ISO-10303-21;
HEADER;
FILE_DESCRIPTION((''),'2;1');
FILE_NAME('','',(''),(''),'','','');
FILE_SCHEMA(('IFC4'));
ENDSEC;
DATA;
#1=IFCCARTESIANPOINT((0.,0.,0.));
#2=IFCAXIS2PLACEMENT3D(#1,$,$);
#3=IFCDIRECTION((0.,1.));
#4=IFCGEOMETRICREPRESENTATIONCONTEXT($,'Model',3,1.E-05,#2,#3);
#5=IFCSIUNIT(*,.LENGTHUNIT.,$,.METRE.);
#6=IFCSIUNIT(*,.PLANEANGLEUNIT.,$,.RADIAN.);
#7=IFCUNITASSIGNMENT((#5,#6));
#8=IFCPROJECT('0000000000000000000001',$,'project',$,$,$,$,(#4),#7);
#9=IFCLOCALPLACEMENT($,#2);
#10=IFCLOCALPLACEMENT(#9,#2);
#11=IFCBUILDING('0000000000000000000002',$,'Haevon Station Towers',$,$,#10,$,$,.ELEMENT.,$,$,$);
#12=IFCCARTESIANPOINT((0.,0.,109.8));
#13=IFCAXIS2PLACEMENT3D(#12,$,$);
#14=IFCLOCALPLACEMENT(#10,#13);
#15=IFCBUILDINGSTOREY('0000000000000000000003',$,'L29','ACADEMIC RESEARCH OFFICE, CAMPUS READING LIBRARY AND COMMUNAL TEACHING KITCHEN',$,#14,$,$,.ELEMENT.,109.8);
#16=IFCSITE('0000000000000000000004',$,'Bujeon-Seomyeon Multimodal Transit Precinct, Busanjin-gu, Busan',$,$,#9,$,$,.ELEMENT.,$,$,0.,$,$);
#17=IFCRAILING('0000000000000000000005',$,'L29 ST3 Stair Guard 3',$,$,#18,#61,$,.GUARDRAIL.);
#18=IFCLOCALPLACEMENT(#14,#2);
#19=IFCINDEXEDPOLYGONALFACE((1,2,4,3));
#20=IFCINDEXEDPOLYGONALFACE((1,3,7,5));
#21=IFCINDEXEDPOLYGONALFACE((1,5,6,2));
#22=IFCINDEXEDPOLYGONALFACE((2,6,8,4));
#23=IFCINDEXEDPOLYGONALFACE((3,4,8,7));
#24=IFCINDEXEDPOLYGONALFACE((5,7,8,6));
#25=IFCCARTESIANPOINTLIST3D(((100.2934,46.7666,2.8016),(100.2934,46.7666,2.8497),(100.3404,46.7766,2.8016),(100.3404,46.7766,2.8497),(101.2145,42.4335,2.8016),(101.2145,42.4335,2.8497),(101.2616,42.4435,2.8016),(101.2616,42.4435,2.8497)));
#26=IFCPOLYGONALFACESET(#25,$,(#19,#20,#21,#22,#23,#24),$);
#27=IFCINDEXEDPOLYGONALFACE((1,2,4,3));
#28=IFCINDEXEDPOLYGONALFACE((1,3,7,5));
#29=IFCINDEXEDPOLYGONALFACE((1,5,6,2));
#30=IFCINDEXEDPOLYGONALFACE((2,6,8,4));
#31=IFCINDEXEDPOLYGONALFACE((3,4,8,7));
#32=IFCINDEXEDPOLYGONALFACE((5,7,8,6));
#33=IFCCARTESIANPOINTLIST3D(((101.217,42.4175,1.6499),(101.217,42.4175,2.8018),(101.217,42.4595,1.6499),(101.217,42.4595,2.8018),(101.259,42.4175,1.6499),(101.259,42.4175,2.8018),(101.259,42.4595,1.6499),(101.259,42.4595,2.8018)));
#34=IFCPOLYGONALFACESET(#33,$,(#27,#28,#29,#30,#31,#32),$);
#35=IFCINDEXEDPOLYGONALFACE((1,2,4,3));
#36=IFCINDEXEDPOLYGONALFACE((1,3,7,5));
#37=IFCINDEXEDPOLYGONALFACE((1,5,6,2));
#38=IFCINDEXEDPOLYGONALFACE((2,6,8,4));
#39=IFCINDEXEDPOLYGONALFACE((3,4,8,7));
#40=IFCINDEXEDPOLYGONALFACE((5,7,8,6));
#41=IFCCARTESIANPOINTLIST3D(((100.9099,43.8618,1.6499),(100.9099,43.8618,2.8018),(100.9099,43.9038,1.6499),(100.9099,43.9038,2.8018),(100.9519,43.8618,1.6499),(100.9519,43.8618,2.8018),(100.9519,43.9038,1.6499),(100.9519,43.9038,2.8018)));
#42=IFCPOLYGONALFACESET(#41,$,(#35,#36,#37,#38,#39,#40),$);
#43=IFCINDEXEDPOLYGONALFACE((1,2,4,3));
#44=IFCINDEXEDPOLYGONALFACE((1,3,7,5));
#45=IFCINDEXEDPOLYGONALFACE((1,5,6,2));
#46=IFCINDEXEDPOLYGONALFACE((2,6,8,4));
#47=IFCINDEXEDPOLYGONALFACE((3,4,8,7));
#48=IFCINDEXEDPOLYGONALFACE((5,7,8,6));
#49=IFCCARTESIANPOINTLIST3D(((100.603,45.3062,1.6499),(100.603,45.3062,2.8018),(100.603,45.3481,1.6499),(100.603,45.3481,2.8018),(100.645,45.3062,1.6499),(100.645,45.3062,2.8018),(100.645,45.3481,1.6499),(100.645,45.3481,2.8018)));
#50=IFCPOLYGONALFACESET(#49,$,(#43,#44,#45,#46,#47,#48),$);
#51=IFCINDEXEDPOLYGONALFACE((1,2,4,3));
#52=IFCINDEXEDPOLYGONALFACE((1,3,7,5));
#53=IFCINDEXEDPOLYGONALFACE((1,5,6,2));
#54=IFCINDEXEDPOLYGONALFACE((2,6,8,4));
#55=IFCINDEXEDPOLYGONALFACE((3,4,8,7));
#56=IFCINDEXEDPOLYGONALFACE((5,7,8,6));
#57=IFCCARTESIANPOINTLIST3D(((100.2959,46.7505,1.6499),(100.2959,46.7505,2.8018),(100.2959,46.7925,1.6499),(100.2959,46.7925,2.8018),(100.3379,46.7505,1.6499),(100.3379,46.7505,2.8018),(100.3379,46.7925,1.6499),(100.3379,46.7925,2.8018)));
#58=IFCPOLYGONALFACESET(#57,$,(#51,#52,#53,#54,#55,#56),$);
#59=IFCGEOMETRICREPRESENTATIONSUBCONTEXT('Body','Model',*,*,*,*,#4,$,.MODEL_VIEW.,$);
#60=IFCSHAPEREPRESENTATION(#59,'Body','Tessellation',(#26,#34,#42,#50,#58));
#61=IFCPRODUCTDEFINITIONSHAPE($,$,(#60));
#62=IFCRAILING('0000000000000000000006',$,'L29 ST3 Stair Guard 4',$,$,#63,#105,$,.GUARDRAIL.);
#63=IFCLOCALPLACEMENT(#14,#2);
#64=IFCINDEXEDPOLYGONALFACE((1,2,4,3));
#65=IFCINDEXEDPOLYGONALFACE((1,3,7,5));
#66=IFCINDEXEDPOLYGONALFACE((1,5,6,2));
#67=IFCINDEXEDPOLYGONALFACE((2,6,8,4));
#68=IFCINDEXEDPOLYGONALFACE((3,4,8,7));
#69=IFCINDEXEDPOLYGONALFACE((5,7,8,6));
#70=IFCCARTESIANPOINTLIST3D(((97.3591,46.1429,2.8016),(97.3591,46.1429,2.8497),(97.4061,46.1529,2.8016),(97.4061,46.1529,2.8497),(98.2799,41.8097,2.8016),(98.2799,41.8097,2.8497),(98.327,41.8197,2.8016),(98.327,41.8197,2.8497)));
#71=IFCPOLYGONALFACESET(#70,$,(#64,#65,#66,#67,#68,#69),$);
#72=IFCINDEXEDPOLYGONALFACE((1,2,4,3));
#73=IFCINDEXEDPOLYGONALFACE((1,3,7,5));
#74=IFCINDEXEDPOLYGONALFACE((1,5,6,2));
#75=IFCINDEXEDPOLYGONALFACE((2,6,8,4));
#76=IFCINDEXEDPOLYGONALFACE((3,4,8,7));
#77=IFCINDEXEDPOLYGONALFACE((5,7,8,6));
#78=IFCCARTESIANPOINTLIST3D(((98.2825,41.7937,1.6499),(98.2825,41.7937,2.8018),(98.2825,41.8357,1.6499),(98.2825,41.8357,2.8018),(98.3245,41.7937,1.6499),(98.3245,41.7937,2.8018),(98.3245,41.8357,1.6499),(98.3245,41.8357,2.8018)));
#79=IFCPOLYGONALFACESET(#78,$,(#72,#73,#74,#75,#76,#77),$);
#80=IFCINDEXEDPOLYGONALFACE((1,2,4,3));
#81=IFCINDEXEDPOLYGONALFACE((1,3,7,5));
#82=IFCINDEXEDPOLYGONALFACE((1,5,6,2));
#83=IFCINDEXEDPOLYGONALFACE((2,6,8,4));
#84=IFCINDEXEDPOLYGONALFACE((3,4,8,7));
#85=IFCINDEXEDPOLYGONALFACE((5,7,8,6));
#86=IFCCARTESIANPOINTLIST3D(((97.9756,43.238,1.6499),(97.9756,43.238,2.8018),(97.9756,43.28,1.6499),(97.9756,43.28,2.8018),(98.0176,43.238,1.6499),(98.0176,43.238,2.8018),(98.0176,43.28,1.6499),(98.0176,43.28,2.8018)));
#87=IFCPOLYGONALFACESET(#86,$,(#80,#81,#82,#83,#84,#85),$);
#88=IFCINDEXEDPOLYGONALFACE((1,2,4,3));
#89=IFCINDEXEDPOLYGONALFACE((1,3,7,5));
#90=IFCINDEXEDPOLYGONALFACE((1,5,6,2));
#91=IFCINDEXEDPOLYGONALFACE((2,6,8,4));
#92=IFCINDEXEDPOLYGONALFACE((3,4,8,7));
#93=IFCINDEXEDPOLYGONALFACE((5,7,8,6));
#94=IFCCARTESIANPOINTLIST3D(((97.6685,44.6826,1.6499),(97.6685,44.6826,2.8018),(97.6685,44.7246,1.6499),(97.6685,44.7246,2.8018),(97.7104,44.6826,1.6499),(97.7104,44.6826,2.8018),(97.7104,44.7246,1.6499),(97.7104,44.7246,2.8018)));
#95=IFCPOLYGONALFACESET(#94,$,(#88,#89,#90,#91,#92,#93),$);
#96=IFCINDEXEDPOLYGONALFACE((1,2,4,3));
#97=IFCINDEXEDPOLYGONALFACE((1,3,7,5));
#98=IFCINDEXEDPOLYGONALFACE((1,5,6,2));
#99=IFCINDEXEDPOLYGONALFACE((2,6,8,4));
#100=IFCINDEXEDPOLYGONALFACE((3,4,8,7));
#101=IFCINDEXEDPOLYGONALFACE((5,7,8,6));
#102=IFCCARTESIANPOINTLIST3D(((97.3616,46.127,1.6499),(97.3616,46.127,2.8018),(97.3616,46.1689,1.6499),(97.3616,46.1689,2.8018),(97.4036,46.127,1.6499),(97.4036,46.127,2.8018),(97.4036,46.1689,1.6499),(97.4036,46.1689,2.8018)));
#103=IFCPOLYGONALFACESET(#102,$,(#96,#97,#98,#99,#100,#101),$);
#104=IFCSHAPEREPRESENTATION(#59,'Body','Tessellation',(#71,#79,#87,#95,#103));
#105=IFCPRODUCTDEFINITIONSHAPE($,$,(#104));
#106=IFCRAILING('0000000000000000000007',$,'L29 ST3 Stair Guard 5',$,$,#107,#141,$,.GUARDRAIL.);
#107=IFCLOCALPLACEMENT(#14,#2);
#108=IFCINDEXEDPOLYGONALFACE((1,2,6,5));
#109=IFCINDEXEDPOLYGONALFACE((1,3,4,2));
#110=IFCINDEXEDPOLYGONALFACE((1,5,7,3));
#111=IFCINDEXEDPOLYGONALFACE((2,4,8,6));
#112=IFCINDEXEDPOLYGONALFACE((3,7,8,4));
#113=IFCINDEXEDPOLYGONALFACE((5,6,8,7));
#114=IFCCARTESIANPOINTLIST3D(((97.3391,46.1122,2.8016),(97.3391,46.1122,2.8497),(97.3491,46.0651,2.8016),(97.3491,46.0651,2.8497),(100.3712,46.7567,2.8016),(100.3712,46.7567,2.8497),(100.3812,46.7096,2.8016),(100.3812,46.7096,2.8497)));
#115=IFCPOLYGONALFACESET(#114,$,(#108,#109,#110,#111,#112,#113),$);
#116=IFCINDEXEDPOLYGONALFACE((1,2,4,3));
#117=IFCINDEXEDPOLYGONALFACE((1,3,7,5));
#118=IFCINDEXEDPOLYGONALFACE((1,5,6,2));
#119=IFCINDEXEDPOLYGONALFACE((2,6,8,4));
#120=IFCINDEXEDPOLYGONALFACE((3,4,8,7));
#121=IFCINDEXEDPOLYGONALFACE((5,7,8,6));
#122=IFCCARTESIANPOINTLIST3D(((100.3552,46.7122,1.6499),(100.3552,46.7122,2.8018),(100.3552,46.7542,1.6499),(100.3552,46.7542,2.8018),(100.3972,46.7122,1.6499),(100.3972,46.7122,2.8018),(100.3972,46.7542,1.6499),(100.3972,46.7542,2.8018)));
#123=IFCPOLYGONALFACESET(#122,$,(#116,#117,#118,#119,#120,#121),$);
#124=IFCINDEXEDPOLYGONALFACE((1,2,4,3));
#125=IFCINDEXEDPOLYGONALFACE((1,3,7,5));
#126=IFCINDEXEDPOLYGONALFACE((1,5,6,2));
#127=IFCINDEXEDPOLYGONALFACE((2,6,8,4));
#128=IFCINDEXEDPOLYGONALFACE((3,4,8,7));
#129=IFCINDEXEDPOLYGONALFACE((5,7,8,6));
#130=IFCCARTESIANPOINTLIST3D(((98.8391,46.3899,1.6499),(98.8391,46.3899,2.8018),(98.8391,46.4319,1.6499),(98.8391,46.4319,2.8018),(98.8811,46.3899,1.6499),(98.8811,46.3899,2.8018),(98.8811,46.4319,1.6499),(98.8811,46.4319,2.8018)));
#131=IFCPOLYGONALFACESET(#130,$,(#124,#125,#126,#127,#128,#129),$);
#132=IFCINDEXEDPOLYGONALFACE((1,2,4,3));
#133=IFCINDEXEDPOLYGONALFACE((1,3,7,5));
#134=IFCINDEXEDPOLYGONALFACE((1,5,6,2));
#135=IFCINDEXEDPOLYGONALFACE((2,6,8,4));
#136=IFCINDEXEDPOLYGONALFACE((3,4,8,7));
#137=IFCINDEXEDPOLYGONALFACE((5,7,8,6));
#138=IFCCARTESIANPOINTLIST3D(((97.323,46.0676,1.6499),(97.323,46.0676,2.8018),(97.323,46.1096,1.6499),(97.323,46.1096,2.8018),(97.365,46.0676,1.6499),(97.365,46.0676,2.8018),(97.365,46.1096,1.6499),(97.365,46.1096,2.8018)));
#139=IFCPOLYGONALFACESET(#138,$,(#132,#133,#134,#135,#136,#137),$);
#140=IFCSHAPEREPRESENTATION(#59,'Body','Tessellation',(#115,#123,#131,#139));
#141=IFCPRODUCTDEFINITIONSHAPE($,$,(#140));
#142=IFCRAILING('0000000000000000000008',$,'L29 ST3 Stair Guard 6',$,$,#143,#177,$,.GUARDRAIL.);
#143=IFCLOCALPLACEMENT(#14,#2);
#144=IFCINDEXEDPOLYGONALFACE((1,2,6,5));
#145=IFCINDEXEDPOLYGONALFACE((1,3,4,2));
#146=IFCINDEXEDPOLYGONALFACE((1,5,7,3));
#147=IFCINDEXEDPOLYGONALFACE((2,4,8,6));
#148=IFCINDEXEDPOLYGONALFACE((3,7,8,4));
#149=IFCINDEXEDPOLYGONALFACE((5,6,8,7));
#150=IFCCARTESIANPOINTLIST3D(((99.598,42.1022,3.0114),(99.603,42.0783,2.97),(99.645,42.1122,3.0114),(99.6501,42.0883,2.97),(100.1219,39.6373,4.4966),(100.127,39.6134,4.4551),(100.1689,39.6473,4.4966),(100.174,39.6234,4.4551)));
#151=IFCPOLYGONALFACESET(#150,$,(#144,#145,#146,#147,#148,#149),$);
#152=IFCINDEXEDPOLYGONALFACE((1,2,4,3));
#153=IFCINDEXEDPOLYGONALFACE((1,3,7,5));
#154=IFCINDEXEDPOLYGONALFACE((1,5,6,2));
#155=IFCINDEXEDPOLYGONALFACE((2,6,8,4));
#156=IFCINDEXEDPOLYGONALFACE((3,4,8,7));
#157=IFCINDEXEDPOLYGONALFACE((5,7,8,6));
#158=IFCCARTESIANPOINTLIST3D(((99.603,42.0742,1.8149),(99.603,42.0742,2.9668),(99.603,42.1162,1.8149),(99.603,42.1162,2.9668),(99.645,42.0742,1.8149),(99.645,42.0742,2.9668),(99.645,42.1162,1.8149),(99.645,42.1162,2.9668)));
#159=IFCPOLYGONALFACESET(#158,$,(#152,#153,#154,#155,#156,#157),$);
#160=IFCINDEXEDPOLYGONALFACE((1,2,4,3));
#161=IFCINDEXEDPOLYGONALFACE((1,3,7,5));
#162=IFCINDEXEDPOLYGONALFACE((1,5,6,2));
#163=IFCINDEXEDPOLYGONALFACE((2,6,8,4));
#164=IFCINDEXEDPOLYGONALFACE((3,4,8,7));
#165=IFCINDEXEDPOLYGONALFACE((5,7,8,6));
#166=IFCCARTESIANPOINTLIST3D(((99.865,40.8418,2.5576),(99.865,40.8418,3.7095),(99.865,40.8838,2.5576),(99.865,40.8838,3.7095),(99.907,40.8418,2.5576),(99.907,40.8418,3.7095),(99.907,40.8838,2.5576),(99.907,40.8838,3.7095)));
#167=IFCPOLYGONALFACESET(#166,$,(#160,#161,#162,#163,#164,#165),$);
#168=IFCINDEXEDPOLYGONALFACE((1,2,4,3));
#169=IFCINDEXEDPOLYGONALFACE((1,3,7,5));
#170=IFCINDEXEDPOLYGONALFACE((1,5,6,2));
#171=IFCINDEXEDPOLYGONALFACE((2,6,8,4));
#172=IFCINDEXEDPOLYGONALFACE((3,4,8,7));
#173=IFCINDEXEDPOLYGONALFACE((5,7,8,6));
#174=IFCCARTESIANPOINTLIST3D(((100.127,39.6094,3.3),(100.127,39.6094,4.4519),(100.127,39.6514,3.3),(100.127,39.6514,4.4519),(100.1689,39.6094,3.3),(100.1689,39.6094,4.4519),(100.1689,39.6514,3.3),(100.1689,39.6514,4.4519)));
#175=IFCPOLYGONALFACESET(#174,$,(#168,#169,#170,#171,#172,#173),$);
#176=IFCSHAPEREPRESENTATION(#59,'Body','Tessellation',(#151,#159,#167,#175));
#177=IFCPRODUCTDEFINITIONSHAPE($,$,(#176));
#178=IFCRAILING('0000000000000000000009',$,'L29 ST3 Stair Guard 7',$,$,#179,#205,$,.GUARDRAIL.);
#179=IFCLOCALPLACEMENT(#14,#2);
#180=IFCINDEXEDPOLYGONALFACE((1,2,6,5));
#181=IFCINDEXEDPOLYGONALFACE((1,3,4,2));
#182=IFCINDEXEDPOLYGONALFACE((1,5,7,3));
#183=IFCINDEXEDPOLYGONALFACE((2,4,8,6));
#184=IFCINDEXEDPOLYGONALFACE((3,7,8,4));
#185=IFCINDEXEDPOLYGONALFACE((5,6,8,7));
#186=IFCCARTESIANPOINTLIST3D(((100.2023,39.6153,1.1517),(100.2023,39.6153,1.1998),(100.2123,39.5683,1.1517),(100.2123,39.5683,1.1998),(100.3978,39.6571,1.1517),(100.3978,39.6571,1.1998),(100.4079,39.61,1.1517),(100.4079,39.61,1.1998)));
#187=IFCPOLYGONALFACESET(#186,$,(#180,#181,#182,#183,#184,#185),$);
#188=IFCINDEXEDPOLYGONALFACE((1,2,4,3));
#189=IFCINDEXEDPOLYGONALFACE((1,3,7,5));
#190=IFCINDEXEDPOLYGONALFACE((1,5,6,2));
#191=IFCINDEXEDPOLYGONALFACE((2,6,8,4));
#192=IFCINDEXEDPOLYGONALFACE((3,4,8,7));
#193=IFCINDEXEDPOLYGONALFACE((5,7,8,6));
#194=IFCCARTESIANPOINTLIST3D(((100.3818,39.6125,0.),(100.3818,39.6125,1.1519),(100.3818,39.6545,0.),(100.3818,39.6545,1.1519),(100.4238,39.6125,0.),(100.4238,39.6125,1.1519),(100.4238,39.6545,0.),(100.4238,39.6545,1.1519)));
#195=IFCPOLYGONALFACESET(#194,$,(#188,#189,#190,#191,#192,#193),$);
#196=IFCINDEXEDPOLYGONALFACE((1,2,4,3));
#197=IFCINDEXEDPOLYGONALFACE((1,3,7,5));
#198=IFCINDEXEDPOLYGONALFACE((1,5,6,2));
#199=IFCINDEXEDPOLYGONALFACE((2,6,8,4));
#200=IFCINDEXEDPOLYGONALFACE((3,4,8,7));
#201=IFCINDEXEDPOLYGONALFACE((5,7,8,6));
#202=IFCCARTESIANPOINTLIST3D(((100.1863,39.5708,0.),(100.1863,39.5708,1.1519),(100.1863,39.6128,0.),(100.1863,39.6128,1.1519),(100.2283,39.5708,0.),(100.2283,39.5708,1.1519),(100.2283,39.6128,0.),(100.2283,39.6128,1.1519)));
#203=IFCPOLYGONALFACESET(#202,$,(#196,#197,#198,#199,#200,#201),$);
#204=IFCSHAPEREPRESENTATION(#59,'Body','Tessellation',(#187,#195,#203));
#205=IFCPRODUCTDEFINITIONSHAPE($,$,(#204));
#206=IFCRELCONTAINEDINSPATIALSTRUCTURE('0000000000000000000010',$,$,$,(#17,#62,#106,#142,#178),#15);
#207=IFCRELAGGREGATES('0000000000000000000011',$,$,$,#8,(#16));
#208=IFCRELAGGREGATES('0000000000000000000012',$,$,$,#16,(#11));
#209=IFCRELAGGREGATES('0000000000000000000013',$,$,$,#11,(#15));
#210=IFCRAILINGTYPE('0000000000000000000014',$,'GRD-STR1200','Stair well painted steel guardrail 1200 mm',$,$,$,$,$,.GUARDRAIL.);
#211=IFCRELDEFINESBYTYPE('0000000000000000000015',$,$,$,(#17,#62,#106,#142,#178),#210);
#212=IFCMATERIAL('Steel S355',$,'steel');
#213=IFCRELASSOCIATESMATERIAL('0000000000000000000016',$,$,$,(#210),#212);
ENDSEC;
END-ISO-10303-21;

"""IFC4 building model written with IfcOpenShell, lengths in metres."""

from ifc_helpers import new_model, si_unit, direction, frame, origin, origin_2d, place, context, subcontext, project, spatial, rectangle, extrude, material, type_object, element, save


model = new_model("IFC4")

# Units and contexts
model_context = context("Model", 3, precision=1e-05, world=origin(), true_north=direction((0.0, 1.0)))
body_context = subcontext(model_context, "Body", "Model", "MODEL_VIEW")
ifc_project = project(units=[si_unit("LENGTHUNIT", "METRE"), si_unit("PLANEANGLEUNIT", "RADIAN")], contexts=[model_context])

# Site, building, storey
site_placement = place(None, origin())
site = spatial("IfcSite", under=ifc_project, at=site_placement, Name="Bujeon-Seomyeon Multimodal Transit Precinct, Busanjin-gu, Busan", CompositionType="ELEMENT", RefElevation=0.0)
building_placement = place(site_placement, origin())
building = spatial("IfcBuilding", under=site, at=building_placement, Name="Haevon Station Towers", CompositionType="ELEMENT")
storey_placement = place(building_placement, frame((0.0, 0.0, 109.8)))
storey = spatial("IfcBuildingStorey", under=building, at=storey_placement, Name="L29", Description="ACADEMIC RESEARCH OFFICE, CAMPUS READING LIBRARY AND COMMUNAL TEACHING KITCHEN", CompositionType="ELEMENT", Elevation=109.8)

# Shared definitions
ifc_material_1 = material(Name="Steel S355", Category="steel")

# Railings
railing_type_1 = type_object("IfcRailingType", Name="GRD-STR1200", Description="Stair well painted steel guardrail 1200 mm", PredefinedType="GUARDRAIL", material=ifc_material_1)
railing_1_placement = place(storey_placement, frame((101.238, 42.4385, 1.6499)))
element("IfcRailing", 1, at=railing_1_placement, inside=storey, type_object=railing_type_1, Name="L29 ST3 Stair Guard 3", PredefinedType="GUARDRAIL", context=body_context, shape_type="SweptSolid", body=[
    extrude(rectangle(XDim=0.0481, YDim=0.0481, at=origin_2d()), frame((0.0, 0.0, 1.1758), z_axis=(-0.20794, 0.978141, 0.0), x_axis=(-0.978141, -0.20794, 0.0)), (0.0, 0.0, 1.0), 4.4299),
    extrude(rectangle(XDim=0.042, YDim=0.042, at=origin_2d()), origin(), (0.0, 0.0, 1.0), 1.1519),
    extrude(rectangle(XDim=0.042, YDim=0.042, at=origin_2d()), frame((-0.3071, 1.4443, 0.0)), (0.0, 0.0, 1.0), 1.1519),
    extrude(rectangle(XDim=0.042, YDim=0.042, at=origin_2d()), frame((-0.614, 2.8887, 0.0)), (0.0, 0.0, 1.0), 1.1519),
    extrude(rectangle(XDim=0.042, YDim=0.042, at=origin_2d()), frame((-0.9211, 4.333, 0.0)), (0.0, 0.0, 1.0), 1.1519),
])
railing_2_placement = place(storey_placement, frame((98.3035, 41.8147, 1.6499)))
element("IfcRailing", 2, at=railing_2_placement, inside=storey, type_object=railing_type_1, Name="L29 ST3 Stair Guard 4", PredefinedType="GUARDRAIL", context=body_context, shape_type="SweptSolid", body=[
    extrude(rectangle(XDim=0.0481, YDim=0.0481, at=origin_2d()), frame((0.0, 0.0, 1.1758), z_axis=(-0.207877, 0.978155, 0.0), x_axis=(-0.978155, -0.207877, 0.0)), (0.0, 0.0, 1.0), 4.4299),
    extrude(rectangle(XDim=0.042, YDim=0.042, at=origin_2d()), origin(), (0.0, 0.0, 1.0), 1.1519),
    extrude(rectangle(XDim=0.042, YDim=0.042, at=origin_2d()), frame((-0.3069, 1.4443, 0.0)), (0.0, 0.0, 1.0), 1.1519),
    extrude(rectangle(XDim=0.042, YDim=0.042, at=origin_2d()), frame((-0.614, 2.8889, 0.0)), (0.0, 0.0, 1.0), 1.1519),
    extrude(rectangle(XDim=0.042, YDim=0.042, at=origin_2d()), frame((-0.9209, 4.3333, 0.0)), (0.0, 0.0, 1.0), 1.1519),
])
railing_3_placement = place(storey_placement, frame((100.3762, 46.7332, 1.6499)))
element("IfcRailing", 3, at=railing_3_placement, inside=storey, type_object=railing_type_1, Name="L29 ST3 Stair Guard 5", PredefinedType="GUARDRAIL", context=body_context, shape_type="SweptSolid", body=[
    extrude(rectangle(XDim=0.0481, YDim=0.0481, at=origin_2d()), frame((0.0, 0.0, 1.1758), z_axis=(-0.978147, -0.207915, 0.0), x_axis=(0.207915, -0.978147, 0.0)), (0.0, 0.0, 1.0), 3.0999),
    extrude(rectangle(XDim=0.042, YDim=0.042, at=origin_2d()), origin(), (0.0, 0.0, 1.0), 1.1519),
    extrude(rectangle(XDim=0.042, YDim=0.042, at=origin_2d()), frame((-1.5161, -0.3223, 0.0)), (0.0, 0.0, 1.0), 1.1519),
    extrude(rectangle(XDim=0.042, YDim=0.042, at=origin_2d()), frame((-3.0322, -0.6445, 0.0)), (0.0, 0.0, 1.0), 1.1519),
])
railing_4_placement = place(storey_placement, frame((99.624, 42.0952, 1.8149)))
element("IfcRailing", 4, at=railing_4_placement, inside=storey, type_object=railing_type_1, Name="L29 ST3 Stair Guard 6", PredefinedType="GUARDRAIL", context=body_context, shape_type="SweptSolid", body=[
    extrude(rectangle(XDim=0.0481, YDim=0.0481, at=origin_2d()), frame((0.0, 0.0, 1.1758), z_axis=(0.179121, -0.842688, 0.507733), x_axis=(0.978147, 0.207914, 0.0)), (0.0, 0.0, 1.0), 2.925),
    extrude(rectangle(XDim=0.042, YDim=0.042, at=origin_2d()), origin(), (0.0, 0.0, 1.0), 1.1519),
    extrude(rectangle(XDim=0.042, YDim=0.042, at=origin_2d()), frame((0.262, -1.2324, 0.7427)), (0.0, 0.0, 1.0), 1.1519),
    extrude(rectangle(XDim=0.042, YDim=0.042, at=origin_2d()), frame((0.5239, -2.4648, 1.4851)), (0.0, 0.0, 1.0), 1.1519),
])
railing_5_placement = place(storey_placement, frame((100.4028, 39.6335, 0.0)))
element("IfcRailing", 5, at=railing_5_placement, inside=storey, type_object=railing_type_1, Name="L29 ST3 Stair Guard 7", PredefinedType="GUARDRAIL", context=body_context, shape_type="SweptSolid", body=[
    extrude(rectangle(XDim=0.0481, YDim=0.0481, at=origin_2d()), frame((0.0, 0.0, 1.1758), z_axis=(-0.977963, -0.208779, 0.0), x_axis=(0.208779, -0.977963, 0.0)), (0.0, 0.0, 1.0), 0.2),
    extrude(rectangle(XDim=0.042, YDim=0.042, at=origin_2d()), origin(), (0.0, 0.0, 1.0), 1.1519),
    extrude(rectangle(XDim=0.042, YDim=0.042, at=origin_2d()), frame((-0.1956, -0.0417, 0.0)), (0.0, 0.0, 1.0), 1.1519),
])

save(model, "model.ifc")
